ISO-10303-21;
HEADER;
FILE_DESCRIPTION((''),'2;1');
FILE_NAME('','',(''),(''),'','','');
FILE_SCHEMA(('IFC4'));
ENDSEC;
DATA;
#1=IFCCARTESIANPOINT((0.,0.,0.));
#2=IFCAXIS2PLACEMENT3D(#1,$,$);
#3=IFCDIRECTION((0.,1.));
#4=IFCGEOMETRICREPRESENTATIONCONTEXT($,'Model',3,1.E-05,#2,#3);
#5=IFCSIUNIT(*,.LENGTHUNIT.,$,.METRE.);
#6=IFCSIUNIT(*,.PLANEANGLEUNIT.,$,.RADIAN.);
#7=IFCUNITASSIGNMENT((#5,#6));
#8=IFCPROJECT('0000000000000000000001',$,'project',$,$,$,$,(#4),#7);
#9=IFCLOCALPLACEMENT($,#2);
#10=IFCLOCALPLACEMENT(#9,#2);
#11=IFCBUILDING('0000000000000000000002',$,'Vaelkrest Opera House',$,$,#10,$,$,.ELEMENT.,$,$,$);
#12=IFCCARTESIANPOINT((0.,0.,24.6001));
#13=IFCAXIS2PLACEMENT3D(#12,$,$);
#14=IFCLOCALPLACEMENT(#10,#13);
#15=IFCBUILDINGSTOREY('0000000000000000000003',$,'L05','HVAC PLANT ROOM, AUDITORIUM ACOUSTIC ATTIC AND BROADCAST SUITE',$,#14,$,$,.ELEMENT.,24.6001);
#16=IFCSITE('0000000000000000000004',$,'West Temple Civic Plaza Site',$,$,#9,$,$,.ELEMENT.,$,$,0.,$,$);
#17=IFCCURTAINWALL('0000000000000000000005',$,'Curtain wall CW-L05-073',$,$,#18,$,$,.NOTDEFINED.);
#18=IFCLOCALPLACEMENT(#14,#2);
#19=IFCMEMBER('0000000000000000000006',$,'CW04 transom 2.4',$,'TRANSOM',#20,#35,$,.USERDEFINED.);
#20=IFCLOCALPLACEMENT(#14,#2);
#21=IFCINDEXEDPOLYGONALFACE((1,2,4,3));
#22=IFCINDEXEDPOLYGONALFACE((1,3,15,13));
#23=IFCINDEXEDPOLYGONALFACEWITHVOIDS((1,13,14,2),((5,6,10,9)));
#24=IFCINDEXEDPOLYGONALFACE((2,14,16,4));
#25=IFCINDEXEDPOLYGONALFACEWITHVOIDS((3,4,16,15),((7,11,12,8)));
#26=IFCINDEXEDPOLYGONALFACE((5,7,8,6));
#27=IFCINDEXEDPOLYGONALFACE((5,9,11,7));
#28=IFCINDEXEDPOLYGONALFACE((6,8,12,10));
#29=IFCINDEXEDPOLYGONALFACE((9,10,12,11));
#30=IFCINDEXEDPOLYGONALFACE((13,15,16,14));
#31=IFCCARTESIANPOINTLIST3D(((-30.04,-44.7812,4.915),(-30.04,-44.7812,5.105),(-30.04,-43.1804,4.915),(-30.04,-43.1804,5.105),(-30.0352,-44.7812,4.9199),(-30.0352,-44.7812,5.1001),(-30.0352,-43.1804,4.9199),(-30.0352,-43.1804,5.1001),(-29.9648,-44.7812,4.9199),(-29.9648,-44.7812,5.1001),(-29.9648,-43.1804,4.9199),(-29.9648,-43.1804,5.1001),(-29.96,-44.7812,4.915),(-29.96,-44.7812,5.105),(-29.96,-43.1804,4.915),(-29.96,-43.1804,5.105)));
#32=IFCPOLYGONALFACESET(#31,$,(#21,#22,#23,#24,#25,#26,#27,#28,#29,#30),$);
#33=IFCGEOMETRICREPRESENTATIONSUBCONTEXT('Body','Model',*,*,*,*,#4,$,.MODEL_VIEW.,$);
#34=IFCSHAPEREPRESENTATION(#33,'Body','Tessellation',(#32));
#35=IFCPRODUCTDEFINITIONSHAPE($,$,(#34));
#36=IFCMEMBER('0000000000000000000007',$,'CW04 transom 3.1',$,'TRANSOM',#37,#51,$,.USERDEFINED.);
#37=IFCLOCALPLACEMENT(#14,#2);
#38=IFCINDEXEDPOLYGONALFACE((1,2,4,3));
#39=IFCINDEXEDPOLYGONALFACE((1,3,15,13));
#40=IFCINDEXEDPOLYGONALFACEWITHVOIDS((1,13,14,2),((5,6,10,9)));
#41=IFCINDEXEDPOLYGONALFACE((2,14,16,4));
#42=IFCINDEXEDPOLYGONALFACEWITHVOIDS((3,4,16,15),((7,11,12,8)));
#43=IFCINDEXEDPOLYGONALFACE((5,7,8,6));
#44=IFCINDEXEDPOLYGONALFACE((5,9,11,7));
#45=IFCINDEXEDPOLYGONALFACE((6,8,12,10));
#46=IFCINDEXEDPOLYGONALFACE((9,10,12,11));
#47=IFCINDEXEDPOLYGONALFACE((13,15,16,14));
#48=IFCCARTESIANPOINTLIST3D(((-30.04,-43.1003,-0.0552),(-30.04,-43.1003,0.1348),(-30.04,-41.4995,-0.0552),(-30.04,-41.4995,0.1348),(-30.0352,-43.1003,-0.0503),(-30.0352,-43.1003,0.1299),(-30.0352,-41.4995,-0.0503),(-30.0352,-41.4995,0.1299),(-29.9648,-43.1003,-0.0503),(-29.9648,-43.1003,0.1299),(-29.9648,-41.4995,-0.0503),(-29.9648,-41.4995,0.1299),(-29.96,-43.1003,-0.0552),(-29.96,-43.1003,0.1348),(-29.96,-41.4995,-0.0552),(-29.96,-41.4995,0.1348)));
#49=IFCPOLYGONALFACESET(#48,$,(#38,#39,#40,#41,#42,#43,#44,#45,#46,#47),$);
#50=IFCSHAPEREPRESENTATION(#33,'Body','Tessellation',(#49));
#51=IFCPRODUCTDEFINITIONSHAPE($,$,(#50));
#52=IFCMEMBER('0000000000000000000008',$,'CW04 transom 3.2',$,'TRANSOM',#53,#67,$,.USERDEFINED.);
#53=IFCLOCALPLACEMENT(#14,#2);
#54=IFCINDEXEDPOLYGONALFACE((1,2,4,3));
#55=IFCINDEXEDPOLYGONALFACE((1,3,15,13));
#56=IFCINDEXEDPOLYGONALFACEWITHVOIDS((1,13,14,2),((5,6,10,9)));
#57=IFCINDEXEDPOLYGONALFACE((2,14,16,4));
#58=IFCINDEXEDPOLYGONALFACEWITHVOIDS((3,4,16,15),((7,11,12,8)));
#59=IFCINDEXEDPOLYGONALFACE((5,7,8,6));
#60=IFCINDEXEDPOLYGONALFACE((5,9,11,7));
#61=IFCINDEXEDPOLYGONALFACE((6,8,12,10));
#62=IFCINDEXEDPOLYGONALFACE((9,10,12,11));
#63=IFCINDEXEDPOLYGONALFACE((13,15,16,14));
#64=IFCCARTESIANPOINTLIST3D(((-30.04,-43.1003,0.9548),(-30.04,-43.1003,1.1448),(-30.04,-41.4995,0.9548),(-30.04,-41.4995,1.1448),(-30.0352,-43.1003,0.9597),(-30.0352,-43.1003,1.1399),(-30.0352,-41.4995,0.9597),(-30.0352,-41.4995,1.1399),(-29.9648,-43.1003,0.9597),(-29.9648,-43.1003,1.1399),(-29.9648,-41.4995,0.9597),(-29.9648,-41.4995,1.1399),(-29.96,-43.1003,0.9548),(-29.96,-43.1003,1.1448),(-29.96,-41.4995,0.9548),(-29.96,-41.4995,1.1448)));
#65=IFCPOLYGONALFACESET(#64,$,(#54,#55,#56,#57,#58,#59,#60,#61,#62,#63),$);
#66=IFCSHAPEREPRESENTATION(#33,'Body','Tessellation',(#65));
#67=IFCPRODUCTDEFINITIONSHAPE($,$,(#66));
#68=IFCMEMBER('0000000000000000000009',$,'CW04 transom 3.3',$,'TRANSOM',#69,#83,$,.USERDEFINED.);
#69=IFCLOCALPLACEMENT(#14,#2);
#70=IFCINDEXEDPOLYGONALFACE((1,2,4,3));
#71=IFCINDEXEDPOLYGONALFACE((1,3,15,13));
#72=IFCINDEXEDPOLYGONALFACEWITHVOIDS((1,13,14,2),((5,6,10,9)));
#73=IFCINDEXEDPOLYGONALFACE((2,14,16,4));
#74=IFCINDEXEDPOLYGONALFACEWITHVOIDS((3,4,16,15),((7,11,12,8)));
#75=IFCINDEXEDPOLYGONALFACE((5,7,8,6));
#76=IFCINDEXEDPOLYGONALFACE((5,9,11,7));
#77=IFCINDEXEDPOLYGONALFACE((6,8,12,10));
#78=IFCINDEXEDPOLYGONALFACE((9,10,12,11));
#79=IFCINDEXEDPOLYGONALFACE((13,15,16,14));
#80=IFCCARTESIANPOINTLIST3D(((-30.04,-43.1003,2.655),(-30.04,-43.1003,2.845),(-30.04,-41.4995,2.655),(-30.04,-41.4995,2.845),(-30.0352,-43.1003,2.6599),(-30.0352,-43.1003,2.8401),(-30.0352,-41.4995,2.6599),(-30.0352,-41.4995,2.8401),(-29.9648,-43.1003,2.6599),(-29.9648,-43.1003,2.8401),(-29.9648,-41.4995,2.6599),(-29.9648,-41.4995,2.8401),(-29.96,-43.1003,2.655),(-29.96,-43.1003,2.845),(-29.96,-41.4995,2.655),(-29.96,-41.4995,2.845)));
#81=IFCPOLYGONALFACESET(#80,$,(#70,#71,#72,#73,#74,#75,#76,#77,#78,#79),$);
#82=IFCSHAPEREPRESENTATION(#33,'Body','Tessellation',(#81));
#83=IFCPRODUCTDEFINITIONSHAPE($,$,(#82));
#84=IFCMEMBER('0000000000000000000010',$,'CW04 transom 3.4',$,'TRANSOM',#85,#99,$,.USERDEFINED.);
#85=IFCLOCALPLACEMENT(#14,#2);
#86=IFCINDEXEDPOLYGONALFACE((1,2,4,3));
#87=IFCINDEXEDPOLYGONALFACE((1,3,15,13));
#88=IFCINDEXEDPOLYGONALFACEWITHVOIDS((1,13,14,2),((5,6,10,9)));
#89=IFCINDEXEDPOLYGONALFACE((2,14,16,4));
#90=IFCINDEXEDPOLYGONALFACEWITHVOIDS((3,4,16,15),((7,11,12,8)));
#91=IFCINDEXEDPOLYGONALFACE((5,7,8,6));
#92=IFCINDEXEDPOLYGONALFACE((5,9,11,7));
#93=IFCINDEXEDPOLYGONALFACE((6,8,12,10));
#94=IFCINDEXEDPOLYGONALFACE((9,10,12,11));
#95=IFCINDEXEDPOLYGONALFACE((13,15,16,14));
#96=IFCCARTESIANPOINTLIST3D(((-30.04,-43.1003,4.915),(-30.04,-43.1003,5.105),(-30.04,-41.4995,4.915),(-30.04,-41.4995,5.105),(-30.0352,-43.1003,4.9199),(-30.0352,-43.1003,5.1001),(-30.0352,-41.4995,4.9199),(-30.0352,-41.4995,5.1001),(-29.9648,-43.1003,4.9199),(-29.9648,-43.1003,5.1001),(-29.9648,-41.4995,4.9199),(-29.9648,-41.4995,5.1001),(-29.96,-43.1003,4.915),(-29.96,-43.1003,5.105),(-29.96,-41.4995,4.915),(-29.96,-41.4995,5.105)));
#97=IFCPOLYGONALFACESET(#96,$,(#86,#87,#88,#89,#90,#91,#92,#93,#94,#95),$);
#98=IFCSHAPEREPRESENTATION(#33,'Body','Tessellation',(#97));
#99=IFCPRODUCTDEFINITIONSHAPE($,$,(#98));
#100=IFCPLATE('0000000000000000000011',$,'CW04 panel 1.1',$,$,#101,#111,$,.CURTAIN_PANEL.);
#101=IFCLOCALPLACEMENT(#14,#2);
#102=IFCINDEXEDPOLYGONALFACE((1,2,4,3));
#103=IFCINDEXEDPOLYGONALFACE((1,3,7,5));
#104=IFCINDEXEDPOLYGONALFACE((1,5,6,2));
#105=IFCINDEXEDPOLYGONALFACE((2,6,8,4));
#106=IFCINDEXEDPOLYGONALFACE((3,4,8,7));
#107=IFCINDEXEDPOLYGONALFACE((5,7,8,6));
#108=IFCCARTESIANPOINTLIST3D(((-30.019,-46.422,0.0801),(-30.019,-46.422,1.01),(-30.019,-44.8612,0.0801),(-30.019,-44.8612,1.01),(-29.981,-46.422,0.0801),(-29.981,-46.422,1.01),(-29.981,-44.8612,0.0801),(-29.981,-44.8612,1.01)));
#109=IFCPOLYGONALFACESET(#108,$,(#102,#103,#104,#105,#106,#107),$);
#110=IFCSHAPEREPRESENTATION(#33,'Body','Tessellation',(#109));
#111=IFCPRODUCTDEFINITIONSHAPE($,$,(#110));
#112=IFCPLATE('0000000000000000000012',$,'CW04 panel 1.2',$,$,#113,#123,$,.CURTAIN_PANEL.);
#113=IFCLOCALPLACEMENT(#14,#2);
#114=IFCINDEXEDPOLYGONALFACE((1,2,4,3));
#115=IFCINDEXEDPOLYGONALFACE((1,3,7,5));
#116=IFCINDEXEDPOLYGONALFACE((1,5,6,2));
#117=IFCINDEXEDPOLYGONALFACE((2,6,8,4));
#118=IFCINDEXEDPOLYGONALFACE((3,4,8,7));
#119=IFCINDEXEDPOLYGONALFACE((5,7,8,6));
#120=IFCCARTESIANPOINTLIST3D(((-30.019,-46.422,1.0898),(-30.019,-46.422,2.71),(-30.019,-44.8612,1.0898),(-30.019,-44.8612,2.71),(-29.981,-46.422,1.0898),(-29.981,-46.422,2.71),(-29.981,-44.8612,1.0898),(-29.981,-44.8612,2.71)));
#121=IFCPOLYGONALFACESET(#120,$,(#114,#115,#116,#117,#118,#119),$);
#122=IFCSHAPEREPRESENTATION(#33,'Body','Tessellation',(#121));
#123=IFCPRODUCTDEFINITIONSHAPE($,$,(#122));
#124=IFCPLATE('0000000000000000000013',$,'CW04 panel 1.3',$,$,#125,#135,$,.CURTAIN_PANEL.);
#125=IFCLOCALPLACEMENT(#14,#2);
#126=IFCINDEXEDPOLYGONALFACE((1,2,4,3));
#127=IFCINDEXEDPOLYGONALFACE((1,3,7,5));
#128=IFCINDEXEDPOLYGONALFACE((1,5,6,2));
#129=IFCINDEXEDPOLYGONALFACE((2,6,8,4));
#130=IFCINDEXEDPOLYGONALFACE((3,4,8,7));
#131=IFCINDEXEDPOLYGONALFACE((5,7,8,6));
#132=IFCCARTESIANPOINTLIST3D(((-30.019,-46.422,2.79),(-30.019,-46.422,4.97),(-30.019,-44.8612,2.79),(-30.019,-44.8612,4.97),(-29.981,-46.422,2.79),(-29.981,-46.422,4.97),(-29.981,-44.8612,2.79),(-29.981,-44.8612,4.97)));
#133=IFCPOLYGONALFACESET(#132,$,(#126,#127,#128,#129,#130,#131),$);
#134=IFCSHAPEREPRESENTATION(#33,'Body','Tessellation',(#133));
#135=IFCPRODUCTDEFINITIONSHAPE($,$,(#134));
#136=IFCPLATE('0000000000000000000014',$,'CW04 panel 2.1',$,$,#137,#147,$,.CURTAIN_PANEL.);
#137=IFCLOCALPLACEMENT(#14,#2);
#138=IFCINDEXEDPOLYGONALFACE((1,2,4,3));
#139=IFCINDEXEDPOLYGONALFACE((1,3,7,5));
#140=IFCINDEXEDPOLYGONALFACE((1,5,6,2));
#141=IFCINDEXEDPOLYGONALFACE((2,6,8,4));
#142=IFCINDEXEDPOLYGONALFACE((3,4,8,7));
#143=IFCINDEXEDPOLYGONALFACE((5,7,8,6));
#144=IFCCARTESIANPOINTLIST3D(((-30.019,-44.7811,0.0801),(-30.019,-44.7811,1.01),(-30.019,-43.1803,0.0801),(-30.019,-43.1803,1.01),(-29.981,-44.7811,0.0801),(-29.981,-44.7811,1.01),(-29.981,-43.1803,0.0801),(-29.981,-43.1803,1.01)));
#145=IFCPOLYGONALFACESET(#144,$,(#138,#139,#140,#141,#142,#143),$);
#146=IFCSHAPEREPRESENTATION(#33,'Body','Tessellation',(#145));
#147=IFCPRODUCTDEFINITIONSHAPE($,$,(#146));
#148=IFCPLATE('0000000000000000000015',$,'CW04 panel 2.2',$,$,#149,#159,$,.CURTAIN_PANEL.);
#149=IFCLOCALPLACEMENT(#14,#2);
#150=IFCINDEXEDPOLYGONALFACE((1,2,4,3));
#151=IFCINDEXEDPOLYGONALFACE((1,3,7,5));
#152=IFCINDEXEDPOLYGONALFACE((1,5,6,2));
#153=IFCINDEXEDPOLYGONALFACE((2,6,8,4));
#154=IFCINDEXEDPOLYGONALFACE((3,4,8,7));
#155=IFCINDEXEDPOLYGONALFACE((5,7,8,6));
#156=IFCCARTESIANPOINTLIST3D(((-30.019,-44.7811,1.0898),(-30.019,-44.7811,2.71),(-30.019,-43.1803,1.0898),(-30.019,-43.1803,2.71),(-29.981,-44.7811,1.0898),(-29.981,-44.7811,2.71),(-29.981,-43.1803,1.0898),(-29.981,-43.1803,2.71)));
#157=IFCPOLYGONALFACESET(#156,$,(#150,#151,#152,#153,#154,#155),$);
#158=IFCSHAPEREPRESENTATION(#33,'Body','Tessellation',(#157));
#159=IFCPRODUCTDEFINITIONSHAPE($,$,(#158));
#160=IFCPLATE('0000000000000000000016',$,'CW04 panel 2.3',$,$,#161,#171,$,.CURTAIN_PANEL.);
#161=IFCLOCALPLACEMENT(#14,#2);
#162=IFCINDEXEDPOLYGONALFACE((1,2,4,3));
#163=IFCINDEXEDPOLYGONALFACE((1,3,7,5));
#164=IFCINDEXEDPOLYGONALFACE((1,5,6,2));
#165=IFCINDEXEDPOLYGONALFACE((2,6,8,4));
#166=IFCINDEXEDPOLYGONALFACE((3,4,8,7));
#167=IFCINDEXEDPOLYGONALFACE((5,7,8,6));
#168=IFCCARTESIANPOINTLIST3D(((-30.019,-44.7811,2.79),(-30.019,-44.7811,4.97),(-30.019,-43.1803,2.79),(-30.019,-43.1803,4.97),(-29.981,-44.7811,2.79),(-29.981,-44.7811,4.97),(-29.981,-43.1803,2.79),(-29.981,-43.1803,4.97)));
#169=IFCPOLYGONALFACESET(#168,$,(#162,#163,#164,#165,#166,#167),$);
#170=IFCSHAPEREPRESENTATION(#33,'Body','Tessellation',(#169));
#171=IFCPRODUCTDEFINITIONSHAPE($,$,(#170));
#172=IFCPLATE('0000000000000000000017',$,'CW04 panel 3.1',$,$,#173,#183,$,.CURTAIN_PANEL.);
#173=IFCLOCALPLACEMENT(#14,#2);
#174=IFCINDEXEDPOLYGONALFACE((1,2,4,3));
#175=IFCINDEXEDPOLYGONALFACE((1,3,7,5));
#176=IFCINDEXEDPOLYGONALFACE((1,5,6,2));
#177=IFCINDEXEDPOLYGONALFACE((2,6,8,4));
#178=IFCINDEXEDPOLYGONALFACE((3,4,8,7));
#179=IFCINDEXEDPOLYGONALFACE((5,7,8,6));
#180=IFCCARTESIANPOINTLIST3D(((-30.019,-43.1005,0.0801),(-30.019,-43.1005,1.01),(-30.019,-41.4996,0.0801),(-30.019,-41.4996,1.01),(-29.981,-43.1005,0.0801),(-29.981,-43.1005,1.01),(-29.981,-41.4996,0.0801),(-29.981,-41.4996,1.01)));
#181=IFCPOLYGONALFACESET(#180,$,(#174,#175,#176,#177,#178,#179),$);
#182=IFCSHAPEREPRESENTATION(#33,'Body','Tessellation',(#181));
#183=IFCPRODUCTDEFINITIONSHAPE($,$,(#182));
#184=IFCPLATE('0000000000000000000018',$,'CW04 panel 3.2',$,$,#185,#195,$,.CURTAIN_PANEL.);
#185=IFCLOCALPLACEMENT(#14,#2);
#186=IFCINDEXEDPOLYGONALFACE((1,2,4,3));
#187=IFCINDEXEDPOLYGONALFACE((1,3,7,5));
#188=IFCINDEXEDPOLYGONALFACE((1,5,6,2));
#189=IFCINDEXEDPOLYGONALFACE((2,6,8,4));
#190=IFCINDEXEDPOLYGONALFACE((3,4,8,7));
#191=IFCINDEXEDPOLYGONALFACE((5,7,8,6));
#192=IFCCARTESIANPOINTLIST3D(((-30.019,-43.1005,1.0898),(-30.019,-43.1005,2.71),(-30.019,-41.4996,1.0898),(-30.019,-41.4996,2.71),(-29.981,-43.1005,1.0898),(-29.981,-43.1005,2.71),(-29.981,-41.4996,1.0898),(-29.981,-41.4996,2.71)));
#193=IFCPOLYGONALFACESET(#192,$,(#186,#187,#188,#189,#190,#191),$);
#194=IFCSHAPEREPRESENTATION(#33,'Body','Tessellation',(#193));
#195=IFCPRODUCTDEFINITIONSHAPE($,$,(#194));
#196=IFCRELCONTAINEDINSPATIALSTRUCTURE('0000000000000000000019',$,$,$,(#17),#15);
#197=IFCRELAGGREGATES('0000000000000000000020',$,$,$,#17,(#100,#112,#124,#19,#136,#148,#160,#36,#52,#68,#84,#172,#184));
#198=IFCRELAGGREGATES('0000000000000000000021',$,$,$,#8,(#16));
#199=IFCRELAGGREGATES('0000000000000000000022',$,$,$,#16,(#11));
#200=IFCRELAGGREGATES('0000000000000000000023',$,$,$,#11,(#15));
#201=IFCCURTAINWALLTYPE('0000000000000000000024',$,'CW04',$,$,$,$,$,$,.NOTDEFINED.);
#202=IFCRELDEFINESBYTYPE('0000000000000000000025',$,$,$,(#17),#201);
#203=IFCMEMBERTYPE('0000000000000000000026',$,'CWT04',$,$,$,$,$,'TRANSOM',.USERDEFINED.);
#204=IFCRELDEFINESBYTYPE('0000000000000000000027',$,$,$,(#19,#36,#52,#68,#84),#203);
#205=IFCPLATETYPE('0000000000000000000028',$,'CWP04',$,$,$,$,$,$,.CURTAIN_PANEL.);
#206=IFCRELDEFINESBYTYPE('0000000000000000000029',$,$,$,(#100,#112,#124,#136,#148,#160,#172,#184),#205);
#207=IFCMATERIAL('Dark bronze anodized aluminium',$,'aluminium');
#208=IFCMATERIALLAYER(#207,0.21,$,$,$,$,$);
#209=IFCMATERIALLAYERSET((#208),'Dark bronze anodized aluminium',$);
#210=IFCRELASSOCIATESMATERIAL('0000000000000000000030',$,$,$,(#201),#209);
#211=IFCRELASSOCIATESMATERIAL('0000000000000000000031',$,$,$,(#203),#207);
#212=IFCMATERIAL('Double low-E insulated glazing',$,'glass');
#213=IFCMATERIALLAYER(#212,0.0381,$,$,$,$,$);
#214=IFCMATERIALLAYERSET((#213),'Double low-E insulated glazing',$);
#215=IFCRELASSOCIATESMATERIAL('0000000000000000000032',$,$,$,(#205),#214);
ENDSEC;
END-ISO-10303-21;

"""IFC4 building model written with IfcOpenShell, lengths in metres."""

from ifc_helpers import new_model, si_unit, direction, frame, origin, origin_2d, place, context, subcontext, project, spatial, rectangle, hollow_rectangle, extrude, material, layer, layer_set, material_profile, profile_set, type_object, element, aggregate, save


model = new_model("IFC4")

# Units and contexts
model_context = context("Model", 3, precision=1e-05, world=origin(), true_north=direction((0.0, 1.0)))
body_context = subcontext(model_context, "Body", "Model", "MODEL_VIEW")
ifc_project = project(units=[si_unit("LENGTHUNIT", "METRE"), si_unit("PLANEANGLEUNIT", "RADIAN")], contexts=[model_context])

# Site, building, storey
site_placement = place(None, origin())
site = spatial("IfcSite", under=ifc_project, at=site_placement, Name="West Temple Civic Plaza Site", CompositionType="ELEMENT", RefElevation=0.0)
building_placement = place(site_placement, origin())
building = spatial("IfcBuilding", under=site, at=building_placement, Name="Vaelkrest Opera House", CompositionType="ELEMENT")
storey_placement = place(building_placement, frame((0.0, 0.0, 24.6001)))
storey = spatial("IfcBuildingStorey", under=building, at=storey_placement, Name="L05", Description="HVAC PLANT ROOM, AUDITORIUM ACOUSTIC ATTIC AND BROADCAST SUITE", CompositionType="ELEMENT", Elevation=24.6001)

# Curtain wall, members, plates
ifc_material_1 = material(Name="Dark bronze anodized aluminium", Category="aluminium")
ifc_layer_1 = layer(ifc_material_1, 0.21)
ifc_layer_set_1 = layer_set([ifc_layer_1], Name="Dark bronze anodized aluminium")
curtain_wall_type = type_object("IfcCurtainWallType", Name="CW04", PredefinedType="NOTDEFINED", material=ifc_layer_set_1)
curtain_wall_placement = place(storey_placement, origin())
curtain_wall = element("IfcCurtainWall", 1, at=curtain_wall_placement, inside=storey, type_object=curtain_wall_type, Name="Curtain wall CW-L05-073", PredefinedType="NOTDEFINED")
ifc_material_profile_1 = material_profile(ifc_material_1, hollow_rectangle(XDim=0.0801, YDim=0.1899, WallThickness=0.0049, at=origin_2d()), Name="CWT80X190")
ifc_profile_set_1 = profile_set([ifc_material_profile_1], Name="Dark bronze anodized aluminium")
member_type_1 = type_object("IfcMemberType", Name="CWT04", ElementType="TRANSOM", PredefinedType="USERDEFINED", material=ifc_profile_set_1)
member_1_placement = place(storey_placement, frame((-30.0, -44.7812, 5.01), z_axis=(0.0, 1.0, 0.0), x_axis=(-1.0, 0.0, 0.0)))
member_1 = element("IfcMember", 2, at=member_1_placement, type_object=member_type_1, Name="CW04 transom 2.4", ObjectType="TRANSOM", PredefinedType="USERDEFINED", context=body_context, shape_type="SweptSolid", body=[
    extrude(hollow_rectangle(XDim=0.0801, YDim=0.1899, WallThickness=0.0049, at=origin_2d()), origin(), (0.0, 0.0, 1.0), 1.6008),
])
member_2_placement = place(storey_placement, frame((-30.0, -43.1003, 0.0398), z_axis=(0.0, 1.0, 0.0), x_axis=(-1.0, 0.0, 0.0)))
member_2 = element("IfcMember", 3, at=member_2_placement, type_object=member_type_1, Name="CW04 transom 3.1", ObjectType="TRANSOM", PredefinedType="USERDEFINED", context=body_context, shape_type="SweptSolid", body=[
    extrude(hollow_rectangle(XDim=0.0801, YDim=0.1899, WallThickness=0.0049, at=origin_2d()), origin(), (0.0, 0.0, 1.0), 1.6008),
])
member_3_placement = place(storey_placement, frame((-30.0, -43.1003, 1.0498), z_axis=(0.0, 1.0, 0.0), x_axis=(-1.0, 0.0, 0.0)))
member_3 = element("IfcMember", 4, at=member_3_placement, type_object=member_type_1, Name="CW04 transom 3.2", ObjectType="TRANSOM", PredefinedType="USERDEFINED", context=body_context, shape_type="SweptSolid", body=[
    extrude(hollow_rectangle(XDim=0.0801, YDim=0.1899, WallThickness=0.0049, at=origin_2d()), origin(), (0.0, 0.0, 1.0), 1.6008),
])
member_4_placement = place(storey_placement, frame((-30.0, -43.1003, 2.75), z_axis=(0.0, 1.0, 0.0), x_axis=(-1.0, 0.0, 0.0)))
member_4 = element("IfcMember", 5, at=member_4_placement, type_object=member_type_1, Name="CW04 transom 3.3", ObjectType="TRANSOM", PredefinedType="USERDEFINED", context=body_context, shape_type="SweptSolid", body=[
    extrude(hollow_rectangle(XDim=0.0801, YDim=0.1899, WallThickness=0.0049, at=origin_2d()), origin(), (0.0, 0.0, 1.0), 1.6008),
])
member_5_placement = place(storey_placement, frame((-30.0, -43.1003, 5.01), z_axis=(0.0, 1.0, 0.0), x_axis=(-1.0, 0.0, 0.0)))
member_5 = element("IfcMember", 6, at=member_5_placement, type_object=member_type_1, Name="CW04 transom 3.4", ObjectType="TRANSOM", PredefinedType="USERDEFINED", context=body_context, shape_type="SweptSolid", body=[
    extrude(hollow_rectangle(XDim=0.0801, YDim=0.1899, WallThickness=0.0049, at=origin_2d()), origin(), (0.0, 0.0, 1.0), 1.6008),
])
ifc_material_2 = material(Name="Double low-E insulated glazing", Category="glass")
ifc_layer_2 = layer(ifc_material_2, 0.0381)
ifc_layer_set_2 = layer_set([ifc_layer_2], Name="Double low-E insulated glazing")
plate_type = type_object("IfcPlateType", Name="CWP04", PredefinedType="CURTAIN_PANEL", material=ifc_layer_set_2)
plate_1_placement = place(storey_placement, frame((-30.0, -45.6416, 0.0801), z_axis=(0.0, 0.0, 1.0), x_axis=(0.0, 1.0, 0.0)))
plate_1 = element("IfcPlate", 7, at=plate_1_placement, type_object=plate_type, Name="CW04 panel 1.1", PredefinedType="CURTAIN_PANEL", context=body_context, shape_type="SweptSolid", body=[
    extrude(rectangle(XDim=1.5608, YDim=0.0381, at=origin_2d()), origin(), (0.0, 0.0, 1.0), 0.9299),
])
plate_2_placement = place(storey_placement, frame((-30.0, -45.6416, 1.0898), z_axis=(0.0, 0.0, 1.0), x_axis=(0.0, 1.0, 0.0)))
plate_2 = element("IfcPlate", 8, at=plate_2_placement, type_object=plate_type, Name="CW04 panel 1.2", PredefinedType="CURTAIN_PANEL", context=body_context, shape_type="SweptSolid", body=[
    extrude(rectangle(XDim=1.5608, YDim=0.0381, at=origin_2d()), origin(), (0.0, 0.0, 1.0), 1.6201),
])
plate_3_placement = place(storey_placement, frame((-30.0, -45.6416, 2.79), z_axis=(0.0, 0.0, 1.0), x_axis=(0.0, 1.0, 0.0)))
plate_3 = element("IfcPlate", 9, at=plate_3_placement, type_object=plate_type, Name="CW04 panel 1.3", PredefinedType="CURTAIN_PANEL", context=body_context, shape_type="SweptSolid", body=[
    extrude(rectangle(XDim=1.5608, YDim=0.0381, at=origin_2d()), origin(), (0.0, 0.0, 1.0), 2.1799),
])
plate_4_placement = place(storey_placement, frame((-30.0, -43.9807, 0.0801), z_axis=(0.0, 0.0, 1.0), x_axis=(0.0, 1.0, 0.0)))
plate_4 = element("IfcPlate", 10, at=plate_4_placement, type_object=plate_type, Name="CW04 panel 2.1", PredefinedType="CURTAIN_PANEL", context=body_context, shape_type="SweptSolid", body=[
    extrude(rectangle(XDim=1.6008, YDim=0.0381, at=origin_2d()), origin(), (0.0, 0.0, 1.0), 0.9299),
])
plate_5_placement = place(storey_placement, frame((-30.0, -43.9807, 1.0898), z_axis=(0.0, 0.0, 1.0), x_axis=(0.0, 1.0, 0.0)))
plate_5 = element("IfcPlate", 11, at=plate_5_placement, type_object=plate_type, Name="CW04 panel 2.2", PredefinedType="CURTAIN_PANEL", context=body_context, shape_type="SweptSolid", body=[
    extrude(rectangle(XDim=1.6008, YDim=0.0381, at=origin_2d()), origin(), (0.0, 0.0, 1.0), 1.6201),
])
plate_6_placement = place(storey_placement, frame((-30.0, -43.9807, 2.79), z_axis=(0.0, 0.0, 1.0), x_axis=(0.0, 1.0, 0.0)))
plate_6 = element("IfcPlate", 12, at=plate_6_placement, type_object=plate_type, Name="CW04 panel 2.3", PredefinedType="CURTAIN_PANEL", context=body_context, shape_type="SweptSolid", body=[
    extrude(rectangle(XDim=1.6008, YDim=0.0381, at=origin_2d()), origin(), (0.0, 0.0, 1.0), 2.1799),
])
plate_7_placement = place(storey_placement, frame((-30.0, -42.3, 0.0801), z_axis=(0.0, 0.0, 1.0), x_axis=(0.0, 1.0, 0.0)))
plate_7 = element("IfcPlate", 13, at=plate_7_placement, type_object=plate_type, Name="CW04 panel 3.1", PredefinedType="CURTAIN_PANEL", context=body_context, shape_type="SweptSolid", body=[
    extrude(rectangle(XDim=1.6008, YDim=0.0381, at=origin_2d()), origin(), (0.0, 0.0, 1.0), 0.9299),
])
plate_8_placement = place(storey_placement, frame((-30.0, -42.3, 1.0898), z_axis=(0.0, 0.0, 1.0), x_axis=(0.0, 1.0, 0.0)))
plate_8 = element("IfcPlate", 14, at=plate_8_placement, type_object=plate_type, Name="CW04 panel 3.2", PredefinedType="CURTAIN_PANEL", context=body_context, shape_type="SweptSolid", body=[
    extrude(rectangle(XDim=1.6008, YDim=0.0381, at=origin_2d()), origin(), (0.0, 0.0, 1.0), 1.6201),
])
aggregate(curtain_wall, [plate_1, plate_2, plate_3, member_1, plate_4, plate_5, plate_6, member_2, member_3, member_4, member_5, plate_7, plate_8])

save(model, "model.ifc")
